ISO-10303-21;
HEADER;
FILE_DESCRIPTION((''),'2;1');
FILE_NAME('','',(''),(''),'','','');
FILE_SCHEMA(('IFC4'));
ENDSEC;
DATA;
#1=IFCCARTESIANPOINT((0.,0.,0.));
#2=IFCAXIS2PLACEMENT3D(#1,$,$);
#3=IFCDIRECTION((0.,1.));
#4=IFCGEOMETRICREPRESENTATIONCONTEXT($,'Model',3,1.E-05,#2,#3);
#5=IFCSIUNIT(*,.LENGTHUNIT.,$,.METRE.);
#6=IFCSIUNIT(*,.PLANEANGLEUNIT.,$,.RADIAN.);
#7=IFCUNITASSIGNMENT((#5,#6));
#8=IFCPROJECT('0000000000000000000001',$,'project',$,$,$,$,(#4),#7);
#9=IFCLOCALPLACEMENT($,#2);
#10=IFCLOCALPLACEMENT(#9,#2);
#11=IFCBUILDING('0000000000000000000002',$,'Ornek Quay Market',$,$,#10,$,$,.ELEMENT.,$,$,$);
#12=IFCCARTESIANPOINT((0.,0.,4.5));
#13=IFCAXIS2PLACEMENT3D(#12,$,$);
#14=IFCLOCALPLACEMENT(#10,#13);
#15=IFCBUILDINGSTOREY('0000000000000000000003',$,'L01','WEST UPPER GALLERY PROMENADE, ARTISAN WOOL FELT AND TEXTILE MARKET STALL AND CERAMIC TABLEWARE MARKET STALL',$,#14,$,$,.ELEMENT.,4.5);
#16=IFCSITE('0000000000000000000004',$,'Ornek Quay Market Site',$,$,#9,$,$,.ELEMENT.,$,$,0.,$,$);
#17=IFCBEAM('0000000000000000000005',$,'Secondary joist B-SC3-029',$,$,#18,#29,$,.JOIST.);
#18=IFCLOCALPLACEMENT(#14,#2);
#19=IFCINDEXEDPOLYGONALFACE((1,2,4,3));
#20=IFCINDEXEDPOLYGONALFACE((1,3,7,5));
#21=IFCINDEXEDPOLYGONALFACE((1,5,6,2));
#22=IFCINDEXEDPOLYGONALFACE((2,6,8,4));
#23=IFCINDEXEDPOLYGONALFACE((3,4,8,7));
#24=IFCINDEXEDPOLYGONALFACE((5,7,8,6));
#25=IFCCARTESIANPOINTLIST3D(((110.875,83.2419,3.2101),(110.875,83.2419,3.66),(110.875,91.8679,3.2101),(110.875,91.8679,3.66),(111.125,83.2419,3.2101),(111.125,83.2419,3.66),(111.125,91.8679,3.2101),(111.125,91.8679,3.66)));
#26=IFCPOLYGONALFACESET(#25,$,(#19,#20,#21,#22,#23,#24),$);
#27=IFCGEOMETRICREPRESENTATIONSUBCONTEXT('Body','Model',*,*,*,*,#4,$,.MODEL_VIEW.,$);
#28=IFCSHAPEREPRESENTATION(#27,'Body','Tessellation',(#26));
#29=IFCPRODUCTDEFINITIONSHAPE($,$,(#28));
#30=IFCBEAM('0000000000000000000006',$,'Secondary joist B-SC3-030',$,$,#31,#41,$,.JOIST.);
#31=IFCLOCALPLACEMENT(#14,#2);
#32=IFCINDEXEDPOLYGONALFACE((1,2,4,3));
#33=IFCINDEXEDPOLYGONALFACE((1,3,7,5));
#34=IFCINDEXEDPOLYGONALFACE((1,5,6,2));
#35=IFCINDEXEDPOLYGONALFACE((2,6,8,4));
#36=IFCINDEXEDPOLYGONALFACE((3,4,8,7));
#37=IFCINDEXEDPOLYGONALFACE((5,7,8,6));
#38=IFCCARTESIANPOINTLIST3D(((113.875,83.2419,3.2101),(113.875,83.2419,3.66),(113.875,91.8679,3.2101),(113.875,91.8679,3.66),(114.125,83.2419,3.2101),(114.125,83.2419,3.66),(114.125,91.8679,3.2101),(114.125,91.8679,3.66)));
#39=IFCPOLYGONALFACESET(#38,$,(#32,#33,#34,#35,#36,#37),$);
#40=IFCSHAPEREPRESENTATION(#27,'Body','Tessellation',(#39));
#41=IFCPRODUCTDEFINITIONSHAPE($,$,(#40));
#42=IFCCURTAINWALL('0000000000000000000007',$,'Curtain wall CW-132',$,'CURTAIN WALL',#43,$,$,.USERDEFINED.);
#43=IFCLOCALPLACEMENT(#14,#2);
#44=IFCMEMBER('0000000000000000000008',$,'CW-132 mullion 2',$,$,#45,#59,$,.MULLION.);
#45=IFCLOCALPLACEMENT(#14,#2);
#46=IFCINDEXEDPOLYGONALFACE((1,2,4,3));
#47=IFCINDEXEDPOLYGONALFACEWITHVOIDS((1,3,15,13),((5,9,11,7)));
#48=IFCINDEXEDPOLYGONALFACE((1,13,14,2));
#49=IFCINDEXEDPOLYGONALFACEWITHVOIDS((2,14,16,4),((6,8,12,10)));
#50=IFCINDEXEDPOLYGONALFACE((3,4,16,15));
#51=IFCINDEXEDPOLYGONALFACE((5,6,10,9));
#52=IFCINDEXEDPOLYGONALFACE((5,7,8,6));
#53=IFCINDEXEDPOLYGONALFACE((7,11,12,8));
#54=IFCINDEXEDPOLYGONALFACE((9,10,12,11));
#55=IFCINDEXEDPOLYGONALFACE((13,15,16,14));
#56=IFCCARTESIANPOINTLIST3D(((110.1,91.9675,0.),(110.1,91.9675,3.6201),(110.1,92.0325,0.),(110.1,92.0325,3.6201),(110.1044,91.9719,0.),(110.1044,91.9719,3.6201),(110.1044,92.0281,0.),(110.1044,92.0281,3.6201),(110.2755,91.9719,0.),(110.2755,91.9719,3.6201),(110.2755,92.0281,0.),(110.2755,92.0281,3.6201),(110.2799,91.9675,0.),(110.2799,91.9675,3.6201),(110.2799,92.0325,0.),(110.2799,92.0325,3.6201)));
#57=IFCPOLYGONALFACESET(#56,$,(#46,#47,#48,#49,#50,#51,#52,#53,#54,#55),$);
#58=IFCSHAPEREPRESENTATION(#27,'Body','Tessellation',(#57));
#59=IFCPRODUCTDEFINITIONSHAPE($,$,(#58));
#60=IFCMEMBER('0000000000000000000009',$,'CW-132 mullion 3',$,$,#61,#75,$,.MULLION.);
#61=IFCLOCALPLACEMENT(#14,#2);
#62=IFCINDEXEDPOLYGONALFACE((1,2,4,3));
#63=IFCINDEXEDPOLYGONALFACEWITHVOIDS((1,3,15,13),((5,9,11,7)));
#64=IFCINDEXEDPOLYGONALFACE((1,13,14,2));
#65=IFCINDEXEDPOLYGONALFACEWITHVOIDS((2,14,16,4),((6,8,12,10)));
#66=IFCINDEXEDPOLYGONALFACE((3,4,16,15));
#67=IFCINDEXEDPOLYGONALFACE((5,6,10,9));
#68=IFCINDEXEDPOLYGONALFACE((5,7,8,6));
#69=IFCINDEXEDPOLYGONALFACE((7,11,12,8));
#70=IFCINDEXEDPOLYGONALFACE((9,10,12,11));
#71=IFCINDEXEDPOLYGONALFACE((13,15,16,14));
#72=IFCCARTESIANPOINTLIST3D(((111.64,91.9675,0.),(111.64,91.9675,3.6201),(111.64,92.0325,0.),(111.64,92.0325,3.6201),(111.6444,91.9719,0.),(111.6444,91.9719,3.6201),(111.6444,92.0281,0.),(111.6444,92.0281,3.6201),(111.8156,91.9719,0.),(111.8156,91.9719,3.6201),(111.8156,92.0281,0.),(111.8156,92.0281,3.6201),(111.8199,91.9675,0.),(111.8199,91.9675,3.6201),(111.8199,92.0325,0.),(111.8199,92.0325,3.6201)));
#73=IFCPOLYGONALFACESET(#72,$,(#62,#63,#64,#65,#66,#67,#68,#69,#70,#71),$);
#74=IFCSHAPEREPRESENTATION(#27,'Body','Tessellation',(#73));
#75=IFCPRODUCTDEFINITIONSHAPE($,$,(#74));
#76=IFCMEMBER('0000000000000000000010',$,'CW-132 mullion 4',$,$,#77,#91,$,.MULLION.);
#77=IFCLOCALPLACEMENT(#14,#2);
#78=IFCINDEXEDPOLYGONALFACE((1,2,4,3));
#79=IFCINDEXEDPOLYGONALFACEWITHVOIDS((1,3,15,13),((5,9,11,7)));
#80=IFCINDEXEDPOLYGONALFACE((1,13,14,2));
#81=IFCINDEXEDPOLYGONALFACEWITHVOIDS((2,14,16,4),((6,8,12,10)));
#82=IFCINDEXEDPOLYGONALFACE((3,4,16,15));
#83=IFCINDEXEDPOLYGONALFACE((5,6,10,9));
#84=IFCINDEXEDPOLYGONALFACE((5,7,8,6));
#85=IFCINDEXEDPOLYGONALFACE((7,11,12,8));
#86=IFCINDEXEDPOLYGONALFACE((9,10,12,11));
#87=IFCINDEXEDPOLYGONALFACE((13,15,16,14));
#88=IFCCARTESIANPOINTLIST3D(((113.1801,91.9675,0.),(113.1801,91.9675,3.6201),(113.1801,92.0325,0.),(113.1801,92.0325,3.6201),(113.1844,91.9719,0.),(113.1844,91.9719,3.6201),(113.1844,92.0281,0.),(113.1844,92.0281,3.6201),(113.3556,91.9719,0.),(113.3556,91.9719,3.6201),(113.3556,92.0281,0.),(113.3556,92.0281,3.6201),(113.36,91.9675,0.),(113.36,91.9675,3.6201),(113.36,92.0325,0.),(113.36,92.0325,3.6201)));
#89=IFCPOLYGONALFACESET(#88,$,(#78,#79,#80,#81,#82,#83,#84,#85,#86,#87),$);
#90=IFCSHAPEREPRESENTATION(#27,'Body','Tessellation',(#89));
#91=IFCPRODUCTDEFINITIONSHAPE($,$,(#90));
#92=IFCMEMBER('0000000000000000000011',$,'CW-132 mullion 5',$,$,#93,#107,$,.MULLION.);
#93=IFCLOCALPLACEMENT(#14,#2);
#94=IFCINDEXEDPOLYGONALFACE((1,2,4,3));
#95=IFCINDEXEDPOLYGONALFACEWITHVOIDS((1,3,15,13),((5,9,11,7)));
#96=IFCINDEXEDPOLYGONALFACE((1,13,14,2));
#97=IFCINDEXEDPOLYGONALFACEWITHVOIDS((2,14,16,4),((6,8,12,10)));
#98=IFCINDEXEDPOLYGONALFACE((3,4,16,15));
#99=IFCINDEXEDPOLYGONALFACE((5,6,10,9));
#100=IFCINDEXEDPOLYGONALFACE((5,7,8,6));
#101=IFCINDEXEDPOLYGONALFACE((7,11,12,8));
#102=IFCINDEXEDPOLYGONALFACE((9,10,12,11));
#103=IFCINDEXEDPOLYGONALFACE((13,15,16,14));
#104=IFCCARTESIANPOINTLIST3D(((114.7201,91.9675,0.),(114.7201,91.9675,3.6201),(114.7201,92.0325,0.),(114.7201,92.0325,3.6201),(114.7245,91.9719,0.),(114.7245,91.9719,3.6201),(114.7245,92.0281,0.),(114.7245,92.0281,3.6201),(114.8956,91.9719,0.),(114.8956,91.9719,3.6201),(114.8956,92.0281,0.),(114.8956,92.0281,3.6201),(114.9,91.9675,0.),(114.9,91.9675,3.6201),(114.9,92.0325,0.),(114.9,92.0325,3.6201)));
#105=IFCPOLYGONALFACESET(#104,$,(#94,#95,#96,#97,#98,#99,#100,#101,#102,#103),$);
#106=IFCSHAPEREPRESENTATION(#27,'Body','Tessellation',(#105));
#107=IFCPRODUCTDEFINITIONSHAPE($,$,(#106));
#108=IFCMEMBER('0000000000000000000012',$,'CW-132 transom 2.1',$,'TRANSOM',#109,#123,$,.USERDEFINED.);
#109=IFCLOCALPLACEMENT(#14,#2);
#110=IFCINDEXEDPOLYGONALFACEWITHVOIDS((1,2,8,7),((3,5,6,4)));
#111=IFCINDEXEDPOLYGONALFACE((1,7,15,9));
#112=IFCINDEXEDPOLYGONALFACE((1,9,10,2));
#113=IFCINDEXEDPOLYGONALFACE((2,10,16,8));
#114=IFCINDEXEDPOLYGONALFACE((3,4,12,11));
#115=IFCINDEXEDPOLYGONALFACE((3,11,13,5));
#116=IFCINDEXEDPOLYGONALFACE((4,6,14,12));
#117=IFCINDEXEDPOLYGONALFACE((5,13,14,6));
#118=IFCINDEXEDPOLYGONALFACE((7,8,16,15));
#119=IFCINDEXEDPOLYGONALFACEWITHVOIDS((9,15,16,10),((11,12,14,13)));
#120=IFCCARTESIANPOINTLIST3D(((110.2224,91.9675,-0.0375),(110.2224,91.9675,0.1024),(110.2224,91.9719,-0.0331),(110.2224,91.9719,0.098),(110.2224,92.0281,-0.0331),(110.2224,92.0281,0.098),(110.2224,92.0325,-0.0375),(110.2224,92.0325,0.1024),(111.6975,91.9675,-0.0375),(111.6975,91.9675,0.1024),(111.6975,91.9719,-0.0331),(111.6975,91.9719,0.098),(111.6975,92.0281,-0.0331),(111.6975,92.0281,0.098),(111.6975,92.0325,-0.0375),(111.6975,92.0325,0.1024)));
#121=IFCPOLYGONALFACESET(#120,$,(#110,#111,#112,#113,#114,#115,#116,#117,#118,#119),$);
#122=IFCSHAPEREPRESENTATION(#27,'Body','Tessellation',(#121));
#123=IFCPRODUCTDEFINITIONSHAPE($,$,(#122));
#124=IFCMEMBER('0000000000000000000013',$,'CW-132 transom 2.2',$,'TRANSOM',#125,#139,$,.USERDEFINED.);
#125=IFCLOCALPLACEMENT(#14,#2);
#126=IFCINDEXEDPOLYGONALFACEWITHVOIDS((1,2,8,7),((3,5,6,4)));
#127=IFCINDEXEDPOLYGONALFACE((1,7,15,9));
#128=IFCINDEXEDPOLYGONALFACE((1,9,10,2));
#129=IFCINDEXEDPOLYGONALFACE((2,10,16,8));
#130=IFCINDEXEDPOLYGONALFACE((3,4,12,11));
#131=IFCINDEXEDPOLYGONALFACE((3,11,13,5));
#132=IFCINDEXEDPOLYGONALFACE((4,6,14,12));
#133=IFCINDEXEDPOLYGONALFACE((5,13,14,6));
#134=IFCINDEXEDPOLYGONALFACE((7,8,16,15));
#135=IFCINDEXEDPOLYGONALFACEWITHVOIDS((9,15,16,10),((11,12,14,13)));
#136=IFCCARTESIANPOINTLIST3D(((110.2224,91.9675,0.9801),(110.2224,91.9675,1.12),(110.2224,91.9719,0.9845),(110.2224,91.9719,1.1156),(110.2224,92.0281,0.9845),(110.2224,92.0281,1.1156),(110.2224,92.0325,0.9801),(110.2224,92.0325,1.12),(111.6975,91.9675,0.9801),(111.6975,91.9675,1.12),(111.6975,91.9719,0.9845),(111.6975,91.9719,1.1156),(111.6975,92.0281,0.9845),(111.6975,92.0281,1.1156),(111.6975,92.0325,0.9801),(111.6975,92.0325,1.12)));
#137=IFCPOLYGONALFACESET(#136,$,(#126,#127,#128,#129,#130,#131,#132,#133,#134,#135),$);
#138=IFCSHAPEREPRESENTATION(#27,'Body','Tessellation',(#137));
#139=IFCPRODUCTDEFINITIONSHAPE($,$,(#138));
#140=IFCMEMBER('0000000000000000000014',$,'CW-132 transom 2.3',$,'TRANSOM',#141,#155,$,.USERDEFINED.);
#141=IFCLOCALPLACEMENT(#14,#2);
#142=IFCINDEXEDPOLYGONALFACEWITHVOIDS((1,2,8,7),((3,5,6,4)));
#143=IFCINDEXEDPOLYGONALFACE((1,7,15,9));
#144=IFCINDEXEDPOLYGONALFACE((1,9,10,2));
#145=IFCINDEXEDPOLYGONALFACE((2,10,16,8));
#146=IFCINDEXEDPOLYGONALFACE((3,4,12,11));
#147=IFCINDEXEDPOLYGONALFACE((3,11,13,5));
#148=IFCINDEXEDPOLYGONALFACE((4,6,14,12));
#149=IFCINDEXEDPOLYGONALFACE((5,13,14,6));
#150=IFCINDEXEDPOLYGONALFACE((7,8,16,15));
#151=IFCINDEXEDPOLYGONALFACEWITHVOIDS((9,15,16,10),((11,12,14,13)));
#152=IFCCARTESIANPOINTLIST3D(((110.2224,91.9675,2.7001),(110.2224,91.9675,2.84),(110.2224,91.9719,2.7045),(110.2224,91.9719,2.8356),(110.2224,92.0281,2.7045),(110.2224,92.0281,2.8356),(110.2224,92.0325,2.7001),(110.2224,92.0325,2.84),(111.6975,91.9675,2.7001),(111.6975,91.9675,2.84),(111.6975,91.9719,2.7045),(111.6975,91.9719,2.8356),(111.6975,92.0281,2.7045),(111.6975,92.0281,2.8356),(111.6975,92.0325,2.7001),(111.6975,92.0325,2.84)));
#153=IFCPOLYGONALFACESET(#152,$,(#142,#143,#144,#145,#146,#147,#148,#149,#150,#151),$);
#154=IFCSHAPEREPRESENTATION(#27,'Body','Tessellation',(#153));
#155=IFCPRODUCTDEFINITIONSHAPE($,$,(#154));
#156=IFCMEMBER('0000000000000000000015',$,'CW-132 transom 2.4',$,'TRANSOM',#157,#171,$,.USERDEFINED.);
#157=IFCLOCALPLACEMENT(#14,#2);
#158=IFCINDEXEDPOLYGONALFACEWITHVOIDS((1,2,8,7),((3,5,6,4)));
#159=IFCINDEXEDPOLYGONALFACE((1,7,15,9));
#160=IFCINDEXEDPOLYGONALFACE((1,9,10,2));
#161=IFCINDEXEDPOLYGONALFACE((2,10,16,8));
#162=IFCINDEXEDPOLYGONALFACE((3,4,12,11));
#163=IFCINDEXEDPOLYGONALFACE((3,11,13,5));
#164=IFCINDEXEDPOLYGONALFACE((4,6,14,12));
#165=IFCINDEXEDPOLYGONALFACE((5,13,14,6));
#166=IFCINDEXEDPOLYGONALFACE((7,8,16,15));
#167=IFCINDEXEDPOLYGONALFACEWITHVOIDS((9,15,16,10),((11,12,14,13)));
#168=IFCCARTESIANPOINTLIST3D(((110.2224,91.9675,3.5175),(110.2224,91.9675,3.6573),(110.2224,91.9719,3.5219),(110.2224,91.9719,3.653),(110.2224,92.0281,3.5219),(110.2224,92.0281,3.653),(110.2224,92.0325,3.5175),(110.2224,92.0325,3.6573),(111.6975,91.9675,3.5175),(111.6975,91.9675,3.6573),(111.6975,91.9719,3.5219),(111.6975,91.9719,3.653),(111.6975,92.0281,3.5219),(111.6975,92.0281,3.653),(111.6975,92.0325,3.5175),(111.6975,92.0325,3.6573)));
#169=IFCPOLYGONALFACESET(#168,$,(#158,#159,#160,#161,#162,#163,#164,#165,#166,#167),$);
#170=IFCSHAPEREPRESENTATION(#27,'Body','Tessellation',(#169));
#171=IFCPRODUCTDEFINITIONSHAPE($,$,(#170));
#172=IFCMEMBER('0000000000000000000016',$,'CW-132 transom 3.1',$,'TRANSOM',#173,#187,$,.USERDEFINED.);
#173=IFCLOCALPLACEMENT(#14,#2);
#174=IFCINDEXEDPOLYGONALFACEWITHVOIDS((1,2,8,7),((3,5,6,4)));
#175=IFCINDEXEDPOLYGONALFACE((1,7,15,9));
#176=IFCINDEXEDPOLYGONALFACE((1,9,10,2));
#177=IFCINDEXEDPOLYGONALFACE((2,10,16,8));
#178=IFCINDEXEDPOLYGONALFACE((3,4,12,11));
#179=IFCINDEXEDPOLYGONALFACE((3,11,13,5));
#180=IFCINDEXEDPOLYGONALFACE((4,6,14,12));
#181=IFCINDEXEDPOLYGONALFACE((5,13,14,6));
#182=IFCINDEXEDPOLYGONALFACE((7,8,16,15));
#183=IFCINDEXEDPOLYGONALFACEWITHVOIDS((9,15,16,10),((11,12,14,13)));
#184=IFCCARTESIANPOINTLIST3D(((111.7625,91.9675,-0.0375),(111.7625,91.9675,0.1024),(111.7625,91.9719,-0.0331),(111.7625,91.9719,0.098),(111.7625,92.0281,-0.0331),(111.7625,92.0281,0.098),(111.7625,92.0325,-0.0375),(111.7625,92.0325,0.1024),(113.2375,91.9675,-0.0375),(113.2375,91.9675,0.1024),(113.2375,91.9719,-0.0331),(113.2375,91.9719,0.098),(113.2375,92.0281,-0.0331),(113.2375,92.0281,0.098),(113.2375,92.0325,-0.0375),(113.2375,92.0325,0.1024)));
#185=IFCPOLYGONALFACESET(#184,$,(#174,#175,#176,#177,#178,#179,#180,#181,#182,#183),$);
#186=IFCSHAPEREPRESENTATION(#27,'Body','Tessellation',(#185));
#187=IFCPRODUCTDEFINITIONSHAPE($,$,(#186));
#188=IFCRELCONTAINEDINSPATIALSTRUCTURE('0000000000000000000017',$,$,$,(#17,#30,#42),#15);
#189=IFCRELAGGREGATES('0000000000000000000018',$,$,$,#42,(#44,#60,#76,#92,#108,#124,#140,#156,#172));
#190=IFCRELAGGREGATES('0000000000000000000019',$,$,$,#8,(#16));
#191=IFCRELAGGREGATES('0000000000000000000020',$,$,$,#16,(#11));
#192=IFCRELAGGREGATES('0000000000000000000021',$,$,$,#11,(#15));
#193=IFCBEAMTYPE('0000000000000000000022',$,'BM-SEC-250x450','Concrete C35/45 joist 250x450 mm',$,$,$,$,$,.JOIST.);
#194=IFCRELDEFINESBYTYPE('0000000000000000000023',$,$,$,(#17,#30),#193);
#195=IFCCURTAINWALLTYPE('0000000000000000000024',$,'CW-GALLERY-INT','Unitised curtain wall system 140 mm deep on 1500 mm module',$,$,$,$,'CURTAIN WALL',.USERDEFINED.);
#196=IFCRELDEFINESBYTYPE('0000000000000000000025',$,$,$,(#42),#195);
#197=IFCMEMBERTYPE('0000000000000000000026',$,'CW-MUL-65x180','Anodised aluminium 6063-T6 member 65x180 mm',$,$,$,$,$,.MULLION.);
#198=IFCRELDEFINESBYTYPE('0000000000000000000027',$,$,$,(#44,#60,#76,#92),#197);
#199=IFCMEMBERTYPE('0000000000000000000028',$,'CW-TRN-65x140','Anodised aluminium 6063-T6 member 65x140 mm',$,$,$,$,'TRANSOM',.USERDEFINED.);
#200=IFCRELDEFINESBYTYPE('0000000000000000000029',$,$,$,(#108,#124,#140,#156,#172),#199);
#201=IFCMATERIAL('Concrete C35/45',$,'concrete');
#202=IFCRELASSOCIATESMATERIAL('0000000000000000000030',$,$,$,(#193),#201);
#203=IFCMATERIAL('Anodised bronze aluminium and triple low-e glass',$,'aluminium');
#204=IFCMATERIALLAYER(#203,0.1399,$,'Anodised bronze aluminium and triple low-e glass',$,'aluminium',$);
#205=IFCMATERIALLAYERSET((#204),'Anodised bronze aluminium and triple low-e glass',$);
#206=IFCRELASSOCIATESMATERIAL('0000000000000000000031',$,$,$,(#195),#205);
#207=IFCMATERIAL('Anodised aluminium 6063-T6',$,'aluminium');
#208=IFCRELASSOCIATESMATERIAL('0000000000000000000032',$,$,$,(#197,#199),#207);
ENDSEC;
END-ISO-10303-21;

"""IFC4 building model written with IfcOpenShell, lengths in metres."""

from ifc_helpers import new_model, si_unit, direction, frame, origin, origin_2d, place, context, subcontext, project, spatial, rectangle, hollow_rectangle, extrude, material, layer, layer_set, material_profile, profile_set, type_object, element, aggregate, save


model = new_model("IFC4")

# Units and contexts
model_context = context("Model", 3, precision=1e-05, world=origin(), true_north=direction((0.0, 1.0)))
body_context = subcontext(model_context, "Body", "Model", "MODEL_VIEW")
ifc_project = project(units=[si_unit("LENGTHUNIT", "METRE"), si_unit("PLANEANGLEUNIT", "RADIAN")], contexts=[model_context])

# Site, building, storey
site_placement = place(None, origin())
site = spatial("IfcSite", under=ifc_project, at=site_placement, Name="Ornek Quay Market Site", CompositionType="ELEMENT", RefElevation=0.0)
building_placement = place(site_placement, origin())
building = spatial("IfcBuilding", under=site, at=building_placement, Name="Ornek Quay Market", CompositionType="ELEMENT")
storey_placement = place(building_placement, frame((0.0, 0.0, 4.5)))
storey = spatial("IfcBuildingStorey", under=building, at=storey_placement, Name="L01", Description="WEST UPPER GALLERY PROMENADE, ARTISAN WOOL FELT AND TEXTILE MARKET STALL AND CERAMIC TABLEWARE MARKET STALL", CompositionType="ELEMENT", Elevation=4.5)

# Beams
ifc_material_1 = material(Name="Concrete C35/45", Category="concrete")
ifc_material_profile_1 = material_profile(ifc_material_1, rectangle(XDim=0.25, YDim=0.45, at=origin_2d()), Name="RC 250x450", Category="concrete")
ifc_profile_set_1 = profile_set([ifc_material_profile_1], Name="Concrete C35/45")
beam_type = type_object("IfcBeamType", Name="BM-SEC-250x450", Description="Concrete C35/45 joist 250x450 mm", PredefinedType="JOIST", material=ifc_profile_set_1)
for number, where, z_axis, x_axis, name in (
    (1, (111.0, 83.2419, 3.4351), (0.0, 1.0, 0.0), (-1.0, 0.0, 0.0), "Secondary joist B-SC3-029"),
    (2, (114.0, 83.2419, 3.4351), (0.0, 1.0, 0.0), (-1.0, 0.0, 0.0), "Secondary joist B-SC3-030"),
):
    element("IfcBeam", number, at=place(storey_placement, frame(where, z_axis=z_axis, x_axis=x_axis)), inside=storey, type_object=beam_type, Name=name, PredefinedType="JOIST", context=body_context, shape_type="SweptSolid", body=[
        extrude(rectangle(XDim=0.25, YDim=0.45, at=origin_2d()), origin(), (0.0, 0.0, 1.0), 8.626),
    ])

# Curtain wall, members
ifc_material_2 = material(Name="Anodised bronze aluminium and triple low-e glass", Category="aluminium")
ifc_layer_1 = layer(ifc_material_2, 0.1399, Name="Anodised bronze aluminium and triple low-e glass", Category="aluminium")
ifc_layer_set_1 = layer_set([ifc_layer_1], Name="Anodised bronze aluminium and triple low-e glass")
curtain_wall_type = type_object("IfcCurtainWallType", Name="CW-GALLERY-INT", Description="Unitised curtain wall system 140 mm deep on 1500 mm module", ElementType="CURTAIN WALL", PredefinedType="USERDEFINED", material=ifc_layer_set_1)
curtain_wall_placement = place(storey_placement, origin())
curtain_wall = element("IfcCurtainWall", 3, at=curtain_wall_placement, inside=storey, type_object=curtain_wall_type, Name="Curtain wall CW-132", ObjectType="CURTAIN WALL", PredefinedType="USERDEFINED")
ifc_material_3 = material(Name="Anodised aluminium 6063-T6", Category="aluminium")
ifc_material_profile_2 = material_profile(ifc_material_3, hollow_rectangle(XDim=0.0649, YDim=0.1799, WallThickness=0.0044, at=origin_2d()), Name="CW-MUL-65x180", Category="aluminium")
ifc_profile_set_2 = profile_set([ifc_material_profile_2], Name="Anodised aluminium 6063-T6")
member_type_1 = type_object("IfcMemberType", Name="CW-MUL-65x180", Description="Anodised aluminium 6063-T6 member 65x180 mm", PredefinedType="MULLION", material=ifc_profile_set_2)
member_1_placement = place(storey_placement, frame((110.1899, 92.0, 0.0), z_axis=(0.0, 0.0, 1.0), x_axis=(0.0, 1.0, 0.0)))
member_1 = element("IfcMember", 4, at=member_1_placement, type_object=member_type_1, Name="CW-132 mullion 2", PredefinedType="MULLION", context=body_context, shape_type="SweptSolid", body=[
    extrude(hollow_rectangle(XDim=0.0649, YDim=0.1799, WallThickness=0.0044, at=origin_2d()), origin(), (0.0, 0.0, 1.0), 3.6201),
])
member_2_placement = place(storey_placement, frame((111.73, 92.0, 0.0), z_axis=(0.0, 0.0, 1.0), x_axis=(0.0, 1.0, 0.0)))
member_2 = element("IfcMember", 5, at=member_2_placement, type_object=member_type_1, Name="CW-132 mullion 3", PredefinedType="MULLION", context=body_context, shape_type="SweptSolid", body=[
    extrude(hollow_rectangle(XDim=0.0649, YDim=0.1799, WallThickness=0.0044, at=origin_2d()), origin(), (0.0, 0.0, 1.0), 3.6201),
])
member_3_placement = place(storey_placement, frame((113.27, 92.0, 0.0), z_axis=(0.0, 0.0, 1.0), x_axis=(0.0, 1.0, 0.0)))
member_3 = element("IfcMember", 6, at=member_3_placement, type_object=member_type_1, Name="CW-132 mullion 4", PredefinedType="MULLION", context=body_context, shape_type="SweptSolid", body=[
    extrude(hollow_rectangle(XDim=0.0649, YDim=0.1799, WallThickness=0.0044, at=origin_2d()), origin(), (0.0, 0.0, 1.0), 3.6201),
])
member_4_placement = place(storey_placement, frame((114.8101, 92.0, 0.0), z_axis=(0.0, 0.0, 1.0), x_axis=(0.0, 1.0, 0.0)))
member_4 = element("IfcMember", 7, at=member_4_placement, type_object=member_type_1, Name="CW-132 mullion 5", PredefinedType="MULLION", context=body_context, shape_type="SweptSolid", body=[
    extrude(hollow_rectangle(XDim=0.0649, YDim=0.1799, WallThickness=0.0044, at=origin_2d()), origin(), (0.0, 0.0, 1.0), 3.6201),
])
ifc_material_profile_3 = material_profile(ifc_material_3, hollow_rectangle(XDim=0.0649, YDim=0.1399, WallThickness=0.0044, at=origin_2d()), Name="CW-TRN-65x140", Category="aluminium")
ifc_profile_set_3 = profile_set([ifc_material_profile_3], Name="Anodised aluminium 6063-T6")
member_type_2 = type_object("IfcMemberType", Name="CW-TRN-65x140", Description="Anodised aluminium 6063-T6 member 65x140 mm", ElementType="TRANSOM", PredefinedType="USERDEFINED", material=ifc_profile_set_3)
member_5_placement = place(storey_placement, frame((110.2224, 92.0, 0.0325), z_axis=(1.0, 0.0, 0.0), x_axis=(0.0, 1.0, 0.0)))
member_5 = element("IfcMember", 8, at=member_5_placement, type_object=member_type_2, Name="CW-132 transom 2.1", ObjectType="TRANSOM", PredefinedType="USERDEFINED", context=body_context, shape_type="SweptSolid", body=[
    extrude(hollow_rectangle(XDim=0.0649, YDim=0.1399, WallThickness=0.0044, at=origin_2d()), origin(), (0.0, 0.0, 1.0), 1.4751),
])
member_6_placement = place(storey_placement, frame((110.2224, 92.0, 1.05), z_axis=(1.0, 0.0, 0.0), x_axis=(0.0, 1.0, 0.0)))
member_6 = element("IfcMember", 9, at=member_6_placement, type_object=member_type_2, Name="CW-132 transom 2.2", ObjectType="TRANSOM", PredefinedType="USERDEFINED", context=body_context, shape_type="SweptSolid", body=[
    extrude(hollow_rectangle(XDim=0.0649, YDim=0.1399, WallThickness=0.0044, at=origin_2d()), origin(), (0.0, 0.0, 1.0), 1.4751),
])
member_7_placement = place(storey_placement, frame((110.2224, 92.0, 2.77), z_axis=(1.0, 0.0, 0.0), x_axis=(0.0, 1.0, 0.0)))
member_7 = element("IfcMember", 10, at=member_7_placement, type_object=member_type_2, Name="CW-132 transom 2.3", ObjectType="TRANSOM", PredefinedType="USERDEFINED", context=body_context, shape_type="SweptSolid", body=[
    extrude(hollow_rectangle(XDim=0.0649, YDim=0.1399, WallThickness=0.0044, at=origin_2d()), origin(), (0.0, 0.0, 1.0), 1.4751),
])
member_8_placement = place(storey_placement, frame((110.2224, 92.0, 3.5874), z_axis=(1.0, 0.0, 0.0), x_axis=(0.0, 1.0, 0.0)))
member_8 = element("IfcMember", 11, at=member_8_placement, type_object=member_type_2, Name="CW-132 transom 2.4", ObjectType="TRANSOM", PredefinedType="USERDEFINED", context=body_context, shape_type="SweptSolid", body=[
    extrude(hollow_rectangle(XDim=0.0649, YDim=0.1399, WallThickness=0.0044, at=origin_2d()), origin(), (0.0, 0.0, 1.0), 1.4751),
])
member_9_placement = place(storey_placement, frame((111.7625, 92.0, 0.0325), z_axis=(1.0, 0.0, 0.0), x_axis=(0.0, 1.0, 0.0)))
member_9 = element("IfcMember", 12, at=member_9_placement, type_object=member_type_2, Name="CW-132 transom 3.1", ObjectType="TRANSOM", PredefinedType="USERDEFINED", context=body_context, shape_type="SweptSolid", body=[
    extrude(hollow_rectangle(XDim=0.0649, YDim=0.1399, WallThickness=0.0044, at=origin_2d()), origin(), (0.0, 0.0, 1.0), 1.4751),
])
aggregate(curtain_wall, [member_1, member_2, member_3, member_4, member_5, member_6, member_7, member_8, member_9])

save(model, "model.ifc")
